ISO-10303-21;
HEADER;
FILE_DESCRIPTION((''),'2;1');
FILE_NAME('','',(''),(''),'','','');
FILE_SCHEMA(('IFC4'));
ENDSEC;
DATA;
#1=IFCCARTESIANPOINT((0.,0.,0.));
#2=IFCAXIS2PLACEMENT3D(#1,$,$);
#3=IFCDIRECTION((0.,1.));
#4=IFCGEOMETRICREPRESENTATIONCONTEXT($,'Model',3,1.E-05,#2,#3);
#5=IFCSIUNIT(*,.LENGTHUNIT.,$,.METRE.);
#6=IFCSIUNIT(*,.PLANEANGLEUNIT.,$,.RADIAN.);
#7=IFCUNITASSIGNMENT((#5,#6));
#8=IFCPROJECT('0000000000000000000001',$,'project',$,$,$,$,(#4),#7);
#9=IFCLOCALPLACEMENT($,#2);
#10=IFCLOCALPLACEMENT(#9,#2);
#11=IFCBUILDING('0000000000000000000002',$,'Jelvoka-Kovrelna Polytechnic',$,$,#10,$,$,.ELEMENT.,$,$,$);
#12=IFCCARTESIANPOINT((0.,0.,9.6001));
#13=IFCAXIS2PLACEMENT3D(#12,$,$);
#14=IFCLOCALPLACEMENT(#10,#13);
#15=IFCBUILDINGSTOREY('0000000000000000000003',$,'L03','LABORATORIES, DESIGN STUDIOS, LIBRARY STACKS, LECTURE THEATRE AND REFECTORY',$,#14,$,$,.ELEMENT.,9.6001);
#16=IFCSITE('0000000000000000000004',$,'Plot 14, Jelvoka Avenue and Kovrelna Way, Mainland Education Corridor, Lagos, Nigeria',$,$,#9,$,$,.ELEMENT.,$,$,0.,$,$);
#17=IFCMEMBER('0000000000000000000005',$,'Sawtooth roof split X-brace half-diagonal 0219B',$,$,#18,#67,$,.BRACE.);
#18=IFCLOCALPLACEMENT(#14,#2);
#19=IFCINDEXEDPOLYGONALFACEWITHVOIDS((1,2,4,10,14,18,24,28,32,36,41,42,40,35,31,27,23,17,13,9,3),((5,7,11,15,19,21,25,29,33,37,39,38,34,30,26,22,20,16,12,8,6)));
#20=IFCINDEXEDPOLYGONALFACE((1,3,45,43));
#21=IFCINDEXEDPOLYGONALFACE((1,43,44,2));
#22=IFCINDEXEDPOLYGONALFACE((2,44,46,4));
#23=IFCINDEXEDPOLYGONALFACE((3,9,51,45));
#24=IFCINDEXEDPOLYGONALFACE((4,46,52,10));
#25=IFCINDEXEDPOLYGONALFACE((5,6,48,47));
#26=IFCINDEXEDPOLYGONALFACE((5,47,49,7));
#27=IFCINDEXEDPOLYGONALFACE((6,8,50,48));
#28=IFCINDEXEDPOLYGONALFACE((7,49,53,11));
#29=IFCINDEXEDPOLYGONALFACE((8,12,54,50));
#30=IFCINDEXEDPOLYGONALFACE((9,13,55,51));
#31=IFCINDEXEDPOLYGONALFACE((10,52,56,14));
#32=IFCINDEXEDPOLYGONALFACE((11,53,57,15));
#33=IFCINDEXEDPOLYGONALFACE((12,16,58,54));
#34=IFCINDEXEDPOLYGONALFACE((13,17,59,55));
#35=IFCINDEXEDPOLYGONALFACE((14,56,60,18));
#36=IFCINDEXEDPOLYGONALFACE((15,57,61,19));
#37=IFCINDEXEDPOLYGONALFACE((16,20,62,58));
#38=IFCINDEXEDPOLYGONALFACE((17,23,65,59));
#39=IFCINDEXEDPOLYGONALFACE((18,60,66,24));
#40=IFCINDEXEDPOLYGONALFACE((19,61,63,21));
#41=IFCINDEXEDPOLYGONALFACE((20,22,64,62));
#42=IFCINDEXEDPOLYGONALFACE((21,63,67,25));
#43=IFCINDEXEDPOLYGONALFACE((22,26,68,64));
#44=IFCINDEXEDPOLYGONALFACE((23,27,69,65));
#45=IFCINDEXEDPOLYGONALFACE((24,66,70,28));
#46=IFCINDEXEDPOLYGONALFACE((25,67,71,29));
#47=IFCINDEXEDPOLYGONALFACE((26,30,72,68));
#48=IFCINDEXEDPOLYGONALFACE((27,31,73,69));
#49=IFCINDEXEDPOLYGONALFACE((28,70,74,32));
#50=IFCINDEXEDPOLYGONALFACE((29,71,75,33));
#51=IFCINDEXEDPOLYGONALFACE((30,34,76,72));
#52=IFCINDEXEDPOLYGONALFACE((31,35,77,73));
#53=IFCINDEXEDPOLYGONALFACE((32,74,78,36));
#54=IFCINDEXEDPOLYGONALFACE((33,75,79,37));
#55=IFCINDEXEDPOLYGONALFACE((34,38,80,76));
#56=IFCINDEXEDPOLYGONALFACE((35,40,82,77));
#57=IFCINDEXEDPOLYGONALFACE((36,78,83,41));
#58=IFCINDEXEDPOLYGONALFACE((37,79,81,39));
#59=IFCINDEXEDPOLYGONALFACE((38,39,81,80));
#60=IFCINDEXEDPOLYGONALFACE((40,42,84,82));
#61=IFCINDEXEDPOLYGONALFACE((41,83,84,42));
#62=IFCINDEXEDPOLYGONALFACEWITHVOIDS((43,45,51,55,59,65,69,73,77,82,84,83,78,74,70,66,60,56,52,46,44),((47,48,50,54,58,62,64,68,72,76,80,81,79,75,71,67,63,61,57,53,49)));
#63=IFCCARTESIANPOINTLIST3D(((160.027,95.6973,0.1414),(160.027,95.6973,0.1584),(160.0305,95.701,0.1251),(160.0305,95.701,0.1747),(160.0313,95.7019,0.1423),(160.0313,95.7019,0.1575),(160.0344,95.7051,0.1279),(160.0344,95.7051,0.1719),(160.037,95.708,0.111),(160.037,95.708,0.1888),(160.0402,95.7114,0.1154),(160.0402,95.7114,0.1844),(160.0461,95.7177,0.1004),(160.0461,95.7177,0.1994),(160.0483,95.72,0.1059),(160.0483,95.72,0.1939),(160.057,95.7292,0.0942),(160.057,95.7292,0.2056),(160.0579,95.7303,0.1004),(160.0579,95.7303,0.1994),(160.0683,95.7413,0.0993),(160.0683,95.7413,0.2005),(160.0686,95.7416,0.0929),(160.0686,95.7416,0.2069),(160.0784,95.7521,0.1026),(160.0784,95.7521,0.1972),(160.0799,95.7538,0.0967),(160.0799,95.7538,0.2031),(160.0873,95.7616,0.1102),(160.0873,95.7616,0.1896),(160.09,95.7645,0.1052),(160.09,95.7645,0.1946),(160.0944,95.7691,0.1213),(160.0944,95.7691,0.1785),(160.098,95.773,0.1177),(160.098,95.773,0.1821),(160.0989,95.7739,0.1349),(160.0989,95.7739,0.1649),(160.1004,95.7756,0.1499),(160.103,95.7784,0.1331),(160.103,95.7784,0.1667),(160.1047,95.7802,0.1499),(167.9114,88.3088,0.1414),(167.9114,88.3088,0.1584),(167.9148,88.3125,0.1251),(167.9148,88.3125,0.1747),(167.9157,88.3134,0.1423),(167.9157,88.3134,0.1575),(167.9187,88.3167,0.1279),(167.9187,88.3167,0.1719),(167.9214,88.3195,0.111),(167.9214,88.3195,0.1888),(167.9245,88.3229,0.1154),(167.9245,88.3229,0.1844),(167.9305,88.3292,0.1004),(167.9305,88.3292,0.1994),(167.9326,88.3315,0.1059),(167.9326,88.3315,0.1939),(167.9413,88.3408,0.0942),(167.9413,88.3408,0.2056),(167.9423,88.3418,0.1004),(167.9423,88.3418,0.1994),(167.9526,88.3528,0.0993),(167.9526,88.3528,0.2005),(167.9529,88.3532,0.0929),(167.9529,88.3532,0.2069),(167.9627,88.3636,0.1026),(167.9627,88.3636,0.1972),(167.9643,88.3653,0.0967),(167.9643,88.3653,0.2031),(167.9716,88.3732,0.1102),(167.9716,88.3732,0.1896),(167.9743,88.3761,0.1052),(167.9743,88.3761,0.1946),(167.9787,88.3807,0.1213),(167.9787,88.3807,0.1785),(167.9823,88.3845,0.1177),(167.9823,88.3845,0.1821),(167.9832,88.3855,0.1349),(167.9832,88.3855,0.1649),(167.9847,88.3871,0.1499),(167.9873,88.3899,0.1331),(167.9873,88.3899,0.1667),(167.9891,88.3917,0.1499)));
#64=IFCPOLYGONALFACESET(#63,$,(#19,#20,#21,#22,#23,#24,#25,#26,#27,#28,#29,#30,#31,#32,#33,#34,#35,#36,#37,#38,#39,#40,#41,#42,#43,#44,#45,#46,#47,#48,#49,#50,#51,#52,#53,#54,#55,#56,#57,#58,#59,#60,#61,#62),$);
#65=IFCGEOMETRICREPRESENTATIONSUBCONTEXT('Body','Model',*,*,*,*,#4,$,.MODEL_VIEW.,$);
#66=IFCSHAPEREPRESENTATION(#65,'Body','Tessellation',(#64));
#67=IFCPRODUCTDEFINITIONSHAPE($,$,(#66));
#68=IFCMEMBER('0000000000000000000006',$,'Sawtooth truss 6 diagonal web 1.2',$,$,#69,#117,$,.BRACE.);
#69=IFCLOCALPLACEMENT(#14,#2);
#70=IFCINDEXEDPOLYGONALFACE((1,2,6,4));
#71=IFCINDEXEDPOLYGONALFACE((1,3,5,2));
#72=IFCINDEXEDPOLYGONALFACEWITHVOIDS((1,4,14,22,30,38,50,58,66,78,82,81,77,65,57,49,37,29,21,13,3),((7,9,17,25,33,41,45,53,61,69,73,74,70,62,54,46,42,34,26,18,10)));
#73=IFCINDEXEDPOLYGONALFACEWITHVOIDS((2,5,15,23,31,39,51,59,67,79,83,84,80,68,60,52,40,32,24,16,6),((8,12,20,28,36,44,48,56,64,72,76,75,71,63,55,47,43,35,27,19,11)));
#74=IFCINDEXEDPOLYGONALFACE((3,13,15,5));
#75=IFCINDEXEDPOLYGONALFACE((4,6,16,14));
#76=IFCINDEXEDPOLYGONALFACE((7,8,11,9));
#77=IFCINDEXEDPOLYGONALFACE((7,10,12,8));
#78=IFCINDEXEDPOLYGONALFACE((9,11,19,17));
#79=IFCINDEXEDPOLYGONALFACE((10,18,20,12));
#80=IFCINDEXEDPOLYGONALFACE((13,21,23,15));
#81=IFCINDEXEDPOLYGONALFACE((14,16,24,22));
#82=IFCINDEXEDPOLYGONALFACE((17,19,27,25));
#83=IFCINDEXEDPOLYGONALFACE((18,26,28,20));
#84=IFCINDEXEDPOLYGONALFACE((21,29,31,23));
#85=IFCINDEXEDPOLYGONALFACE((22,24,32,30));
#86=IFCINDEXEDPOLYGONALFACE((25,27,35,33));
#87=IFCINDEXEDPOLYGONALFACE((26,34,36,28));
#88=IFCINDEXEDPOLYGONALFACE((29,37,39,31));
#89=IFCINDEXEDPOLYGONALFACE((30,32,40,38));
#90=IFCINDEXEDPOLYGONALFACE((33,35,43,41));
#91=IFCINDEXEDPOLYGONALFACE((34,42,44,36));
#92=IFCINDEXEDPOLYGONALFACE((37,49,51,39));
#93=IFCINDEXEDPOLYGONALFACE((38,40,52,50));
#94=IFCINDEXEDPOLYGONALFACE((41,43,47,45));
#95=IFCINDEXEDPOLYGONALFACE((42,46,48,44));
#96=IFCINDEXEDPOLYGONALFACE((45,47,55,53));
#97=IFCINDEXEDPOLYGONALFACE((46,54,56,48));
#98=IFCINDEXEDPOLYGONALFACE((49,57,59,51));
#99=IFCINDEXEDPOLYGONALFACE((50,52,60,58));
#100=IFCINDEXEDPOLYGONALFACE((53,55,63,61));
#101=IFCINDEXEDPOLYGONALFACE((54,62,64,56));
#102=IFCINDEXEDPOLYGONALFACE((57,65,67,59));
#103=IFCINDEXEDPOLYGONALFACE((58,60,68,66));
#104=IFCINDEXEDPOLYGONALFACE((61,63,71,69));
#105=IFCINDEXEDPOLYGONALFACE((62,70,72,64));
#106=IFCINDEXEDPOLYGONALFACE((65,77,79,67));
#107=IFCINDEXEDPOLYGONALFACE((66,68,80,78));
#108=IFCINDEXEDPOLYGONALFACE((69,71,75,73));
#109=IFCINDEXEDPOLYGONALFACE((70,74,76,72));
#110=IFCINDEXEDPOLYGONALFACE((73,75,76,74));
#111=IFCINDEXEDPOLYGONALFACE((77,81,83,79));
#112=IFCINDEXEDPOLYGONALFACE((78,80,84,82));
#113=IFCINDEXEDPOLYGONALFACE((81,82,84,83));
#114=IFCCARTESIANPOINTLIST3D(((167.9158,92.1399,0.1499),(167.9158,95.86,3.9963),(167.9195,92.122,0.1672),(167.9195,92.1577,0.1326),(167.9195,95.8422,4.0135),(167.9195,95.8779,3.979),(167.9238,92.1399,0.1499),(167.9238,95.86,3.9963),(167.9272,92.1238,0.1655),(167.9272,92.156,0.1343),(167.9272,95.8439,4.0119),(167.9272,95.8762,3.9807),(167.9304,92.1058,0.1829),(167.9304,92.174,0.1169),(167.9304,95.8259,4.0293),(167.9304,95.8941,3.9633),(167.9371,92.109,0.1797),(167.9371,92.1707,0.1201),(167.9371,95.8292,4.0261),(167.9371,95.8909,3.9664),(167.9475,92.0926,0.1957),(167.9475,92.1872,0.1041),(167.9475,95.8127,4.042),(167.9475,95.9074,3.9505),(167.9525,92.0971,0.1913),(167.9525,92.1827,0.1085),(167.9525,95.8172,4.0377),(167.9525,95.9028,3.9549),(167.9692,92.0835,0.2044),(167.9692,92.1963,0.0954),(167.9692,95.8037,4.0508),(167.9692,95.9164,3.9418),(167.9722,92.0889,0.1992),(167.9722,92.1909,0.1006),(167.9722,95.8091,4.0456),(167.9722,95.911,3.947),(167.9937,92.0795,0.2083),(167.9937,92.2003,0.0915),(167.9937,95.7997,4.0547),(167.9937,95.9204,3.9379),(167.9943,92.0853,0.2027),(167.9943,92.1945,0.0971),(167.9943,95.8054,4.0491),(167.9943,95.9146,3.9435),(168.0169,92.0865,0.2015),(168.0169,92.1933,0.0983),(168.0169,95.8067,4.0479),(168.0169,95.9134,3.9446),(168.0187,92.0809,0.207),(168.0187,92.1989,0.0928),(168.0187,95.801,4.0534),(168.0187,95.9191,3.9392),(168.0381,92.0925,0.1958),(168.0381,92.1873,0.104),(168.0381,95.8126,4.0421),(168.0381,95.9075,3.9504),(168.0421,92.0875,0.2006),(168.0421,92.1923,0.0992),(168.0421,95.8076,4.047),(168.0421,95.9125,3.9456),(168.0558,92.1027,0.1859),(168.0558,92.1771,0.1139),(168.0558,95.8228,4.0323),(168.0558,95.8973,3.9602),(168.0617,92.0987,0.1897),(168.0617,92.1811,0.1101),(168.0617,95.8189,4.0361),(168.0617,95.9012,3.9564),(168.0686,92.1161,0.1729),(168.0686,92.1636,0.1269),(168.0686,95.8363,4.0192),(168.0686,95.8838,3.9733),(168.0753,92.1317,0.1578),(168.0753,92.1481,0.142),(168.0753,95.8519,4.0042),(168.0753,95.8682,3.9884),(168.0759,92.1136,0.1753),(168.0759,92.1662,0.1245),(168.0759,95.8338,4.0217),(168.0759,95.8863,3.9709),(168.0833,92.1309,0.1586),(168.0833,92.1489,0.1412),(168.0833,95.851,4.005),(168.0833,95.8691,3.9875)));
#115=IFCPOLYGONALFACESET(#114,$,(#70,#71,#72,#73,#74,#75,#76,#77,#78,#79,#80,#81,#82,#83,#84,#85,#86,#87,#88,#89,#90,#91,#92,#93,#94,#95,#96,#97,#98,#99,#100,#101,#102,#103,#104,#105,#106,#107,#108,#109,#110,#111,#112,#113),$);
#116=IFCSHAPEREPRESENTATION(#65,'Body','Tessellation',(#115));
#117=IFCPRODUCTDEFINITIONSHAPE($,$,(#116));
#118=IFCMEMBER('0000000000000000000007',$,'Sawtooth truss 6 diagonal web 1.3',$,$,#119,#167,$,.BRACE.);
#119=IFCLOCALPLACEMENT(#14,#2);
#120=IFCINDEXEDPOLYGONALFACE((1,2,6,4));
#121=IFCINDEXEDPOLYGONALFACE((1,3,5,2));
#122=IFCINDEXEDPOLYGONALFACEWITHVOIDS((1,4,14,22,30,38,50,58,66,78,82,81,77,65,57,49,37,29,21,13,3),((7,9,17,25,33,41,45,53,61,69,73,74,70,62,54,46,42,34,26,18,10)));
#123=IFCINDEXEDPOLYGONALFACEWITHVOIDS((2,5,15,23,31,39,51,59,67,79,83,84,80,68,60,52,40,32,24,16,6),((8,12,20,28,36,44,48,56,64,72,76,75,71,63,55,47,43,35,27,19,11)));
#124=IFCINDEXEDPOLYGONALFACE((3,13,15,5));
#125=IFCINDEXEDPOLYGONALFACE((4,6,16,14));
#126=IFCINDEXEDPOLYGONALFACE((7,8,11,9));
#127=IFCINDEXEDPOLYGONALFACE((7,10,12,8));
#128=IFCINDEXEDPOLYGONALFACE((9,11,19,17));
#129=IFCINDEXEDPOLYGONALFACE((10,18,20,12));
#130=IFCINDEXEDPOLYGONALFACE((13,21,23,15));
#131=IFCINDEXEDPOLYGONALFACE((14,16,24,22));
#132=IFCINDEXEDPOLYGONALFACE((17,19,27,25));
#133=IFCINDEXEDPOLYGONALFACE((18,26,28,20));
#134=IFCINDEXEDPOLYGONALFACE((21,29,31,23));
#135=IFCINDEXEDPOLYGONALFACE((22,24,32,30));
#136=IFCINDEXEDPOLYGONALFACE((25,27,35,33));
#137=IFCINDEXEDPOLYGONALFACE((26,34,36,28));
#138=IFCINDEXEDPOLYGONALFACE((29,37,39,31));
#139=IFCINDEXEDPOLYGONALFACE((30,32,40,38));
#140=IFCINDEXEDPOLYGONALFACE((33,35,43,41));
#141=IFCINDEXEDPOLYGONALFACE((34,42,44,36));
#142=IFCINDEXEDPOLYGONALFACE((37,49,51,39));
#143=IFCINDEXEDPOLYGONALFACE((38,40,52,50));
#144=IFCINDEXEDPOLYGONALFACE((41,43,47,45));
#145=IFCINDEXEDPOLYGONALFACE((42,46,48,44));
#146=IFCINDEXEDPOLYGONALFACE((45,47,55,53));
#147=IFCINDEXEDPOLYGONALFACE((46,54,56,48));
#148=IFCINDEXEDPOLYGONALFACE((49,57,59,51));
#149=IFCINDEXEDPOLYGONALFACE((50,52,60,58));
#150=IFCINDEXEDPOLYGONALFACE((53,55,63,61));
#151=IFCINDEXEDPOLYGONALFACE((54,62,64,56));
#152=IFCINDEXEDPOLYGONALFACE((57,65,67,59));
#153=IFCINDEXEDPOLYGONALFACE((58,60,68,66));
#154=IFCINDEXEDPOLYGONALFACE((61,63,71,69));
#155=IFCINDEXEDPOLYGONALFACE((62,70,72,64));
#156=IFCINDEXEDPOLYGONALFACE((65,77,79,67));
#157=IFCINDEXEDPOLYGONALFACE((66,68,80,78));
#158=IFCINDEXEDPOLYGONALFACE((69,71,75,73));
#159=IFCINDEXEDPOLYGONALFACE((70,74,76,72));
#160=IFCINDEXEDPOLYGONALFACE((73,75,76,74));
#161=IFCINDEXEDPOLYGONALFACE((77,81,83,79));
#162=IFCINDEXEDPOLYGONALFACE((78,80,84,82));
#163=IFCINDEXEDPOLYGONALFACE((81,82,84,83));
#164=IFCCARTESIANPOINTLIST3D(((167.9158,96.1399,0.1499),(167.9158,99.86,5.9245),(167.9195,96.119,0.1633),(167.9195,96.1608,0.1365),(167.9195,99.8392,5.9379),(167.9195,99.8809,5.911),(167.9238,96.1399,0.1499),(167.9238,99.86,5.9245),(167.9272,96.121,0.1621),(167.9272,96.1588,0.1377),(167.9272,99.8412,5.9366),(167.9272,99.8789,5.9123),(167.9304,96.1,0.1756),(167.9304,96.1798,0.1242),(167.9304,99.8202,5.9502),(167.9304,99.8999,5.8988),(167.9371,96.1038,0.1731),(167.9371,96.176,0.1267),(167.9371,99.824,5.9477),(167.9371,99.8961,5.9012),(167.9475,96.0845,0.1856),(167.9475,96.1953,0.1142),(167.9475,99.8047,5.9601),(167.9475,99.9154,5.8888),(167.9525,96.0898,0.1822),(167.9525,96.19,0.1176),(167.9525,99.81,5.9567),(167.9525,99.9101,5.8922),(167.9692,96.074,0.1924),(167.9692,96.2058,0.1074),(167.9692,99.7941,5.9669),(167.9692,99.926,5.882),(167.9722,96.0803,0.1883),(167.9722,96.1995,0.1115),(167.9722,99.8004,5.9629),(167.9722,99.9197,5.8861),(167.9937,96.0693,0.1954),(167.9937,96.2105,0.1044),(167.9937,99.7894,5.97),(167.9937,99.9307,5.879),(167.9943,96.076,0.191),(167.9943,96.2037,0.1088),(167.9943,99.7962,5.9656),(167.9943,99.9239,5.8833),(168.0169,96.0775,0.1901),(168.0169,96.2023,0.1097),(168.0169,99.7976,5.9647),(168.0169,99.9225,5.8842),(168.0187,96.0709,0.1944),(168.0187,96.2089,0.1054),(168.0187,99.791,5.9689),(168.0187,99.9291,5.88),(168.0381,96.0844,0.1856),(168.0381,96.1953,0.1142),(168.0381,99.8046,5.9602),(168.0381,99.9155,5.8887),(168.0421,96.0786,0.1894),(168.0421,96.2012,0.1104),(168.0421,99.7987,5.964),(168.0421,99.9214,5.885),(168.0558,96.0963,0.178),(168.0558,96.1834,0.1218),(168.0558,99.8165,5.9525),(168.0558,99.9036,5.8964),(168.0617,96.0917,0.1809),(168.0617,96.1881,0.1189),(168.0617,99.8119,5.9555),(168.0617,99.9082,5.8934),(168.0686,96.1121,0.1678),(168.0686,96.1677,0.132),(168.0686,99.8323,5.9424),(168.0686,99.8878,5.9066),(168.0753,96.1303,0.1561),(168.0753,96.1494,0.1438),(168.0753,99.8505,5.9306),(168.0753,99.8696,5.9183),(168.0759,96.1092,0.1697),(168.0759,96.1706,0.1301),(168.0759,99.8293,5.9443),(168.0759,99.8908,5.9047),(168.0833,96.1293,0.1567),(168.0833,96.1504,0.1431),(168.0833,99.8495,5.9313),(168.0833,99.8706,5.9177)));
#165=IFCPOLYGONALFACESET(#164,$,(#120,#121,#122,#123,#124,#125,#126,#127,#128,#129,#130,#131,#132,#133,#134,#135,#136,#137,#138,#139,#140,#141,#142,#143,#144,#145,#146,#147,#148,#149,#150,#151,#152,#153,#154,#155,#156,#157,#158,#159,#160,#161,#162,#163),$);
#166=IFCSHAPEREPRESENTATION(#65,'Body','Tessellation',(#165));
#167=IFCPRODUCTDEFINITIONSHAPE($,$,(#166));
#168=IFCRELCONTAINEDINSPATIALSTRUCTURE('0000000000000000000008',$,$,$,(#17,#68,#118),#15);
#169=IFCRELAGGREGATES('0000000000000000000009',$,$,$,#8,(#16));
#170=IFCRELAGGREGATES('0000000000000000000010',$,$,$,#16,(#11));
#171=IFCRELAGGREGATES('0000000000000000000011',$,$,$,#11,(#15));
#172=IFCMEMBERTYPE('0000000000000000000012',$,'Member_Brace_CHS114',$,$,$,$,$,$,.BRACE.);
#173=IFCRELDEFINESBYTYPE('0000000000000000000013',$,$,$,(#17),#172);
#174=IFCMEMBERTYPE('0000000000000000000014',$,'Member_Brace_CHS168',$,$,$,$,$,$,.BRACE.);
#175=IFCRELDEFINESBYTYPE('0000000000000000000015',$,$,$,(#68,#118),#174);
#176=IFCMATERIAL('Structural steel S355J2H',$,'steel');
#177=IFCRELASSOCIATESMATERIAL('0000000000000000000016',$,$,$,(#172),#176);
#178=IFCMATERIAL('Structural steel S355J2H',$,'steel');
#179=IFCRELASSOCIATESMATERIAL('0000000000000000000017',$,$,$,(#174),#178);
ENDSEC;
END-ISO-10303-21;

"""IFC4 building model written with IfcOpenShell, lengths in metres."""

from ifc_helpers import new_model, si_unit, direction, frame, origin, origin_2d, place, context, subcontext, project, spatial, hollow_circle, extrude, material, material_profile, profile_set, type_object, element, save


model = new_model("IFC4")

# Units and contexts
model_context = context("Model", 3, precision=1e-05, world=origin(), true_north=direction((0.0, 1.0)))
body_context = subcontext(model_context, "Body", "Model", "MODEL_VIEW")
ifc_project = project(units=[si_unit("LENGTHUNIT", "METRE"), si_unit("PLANEANGLEUNIT", "RADIAN")], contexts=[model_context])

# Site, building, storey
site_placement = place(None, origin())
site = spatial("IfcSite", under=ifc_project, at=site_placement, Name="Plot 14, Jelvoka Avenue and Kovrelna Way, Mainland Education Corridor, Lagos, Nigeria", CompositionType="ELEMENT", RefElevation=0.0)
building_placement = place(site_placement, origin())
building = spatial("IfcBuilding", under=site, at=building_placement, Name="Jelvoka-Kovrelna Polytechnic", CompositionType="ELEMENT")
storey_placement = place(building_placement, frame((0.0, 0.0, 9.6001)))
storey = spatial("IfcBuildingStorey", under=building, at=storey_placement, Name="L03", Description="LABORATORIES, DESIGN STUDIOS, LIBRARY STACKS, LECTURE THEATRE AND REFECTORY", CompositionType="ELEMENT", Elevation=9.6001)

# Members
ifc_material_1 = material(Name="Structural steel S355J2H", Category="steel")
ifc_material_profile_1 = material_profile(ifc_material_1, hollow_circle(Radius=0.0571, WallThickness=0.0063, at=origin_2d()), Name="114.3x6.3 CHS")
ifc_profile_set_1 = profile_set([ifc_material_profile_1], Name="Structural steel S355J2H")
member_type_1 = type_object("IfcMemberType", Name="Member_Brace_CHS114", PredefinedType="BRACE", material=ifc_profile_set_1)
for number, where, z_axis, x_axis, name in (
    (1, (160.0657, 95.7385, 0.1499), (0.72968, -0.683789, 0.0), (0.683789, 0.72968, 0.0), "Sawtooth roof split X-brace half-diagonal 0219B"),
):
    element("IfcMember", number, at=place(storey_placement, frame(where, z_axis=z_axis, x_axis=x_axis)), inside=storey, type_object=member_type_1, Name=name, PredefinedType="BRACE", context=body_context, shape_type="SweptSolid", body=[
        extrude(hollow_circle(Radius=0.0571, WallThickness=0.0063, at=origin_2d()), origin(), (0.0, 0.0, 1.0), 10.8052),
    ])
ifc_material_2 = material(Name="Structural steel S355J2H", Category="steel")
ifc_material_profile_2 = material_profile(ifc_material_2, hollow_circle(Radius=0.0842, WallThickness=0.0081, at=origin_2d()), Name="168.3x8.0 CHS")
ifc_profile_set_2 = profile_set([ifc_material_profile_2], Name="Structural steel S355J2H")
member_type_2 = type_object("IfcMemberType", Name="Member_Brace_CHS168", PredefinedType="BRACE", material=ifc_profile_set_2)
member_1_placement = place(storey_placement, frame((168.0, 92.1399, 0.1499), z_axis=(0.0, 0.695215, 0.718802), x_axis=(-1.0, 0.0, 0.0)))
element("IfcMember", 2, at=member_1_placement, inside=storey, type_object=member_type_2, Name="Sawtooth truss 6 diagonal web 1.2", PredefinedType="BRACE", context=body_context, shape_type="SweptSolid", body=[
    extrude(hollow_circle(Radius=0.0842, WallThickness=0.0081, at=origin_2d()), origin(), (0.0, 0.0, 1.0), 5.3511),
])
member_2_placement = place(storey_placement, frame((168.0, 96.1399, 0.1499), z_axis=(0.0, 0.541575, 0.840653), x_axis=(-1.0, 0.0, 0.0)))
element("IfcMember", 3, at=member_2_placement, inside=storey, type_object=member_type_2, Name="Sawtooth truss 6 diagonal web 1.3", PredefinedType="BRACE", context=body_context, shape_type="SweptSolid", body=[
    extrude(hollow_circle(Radius=0.0842, WallThickness=0.0081, at=origin_2d()), origin(), (0.0, 0.0, 1.0), 6.8691),
])

save(model, "model.ifc")
